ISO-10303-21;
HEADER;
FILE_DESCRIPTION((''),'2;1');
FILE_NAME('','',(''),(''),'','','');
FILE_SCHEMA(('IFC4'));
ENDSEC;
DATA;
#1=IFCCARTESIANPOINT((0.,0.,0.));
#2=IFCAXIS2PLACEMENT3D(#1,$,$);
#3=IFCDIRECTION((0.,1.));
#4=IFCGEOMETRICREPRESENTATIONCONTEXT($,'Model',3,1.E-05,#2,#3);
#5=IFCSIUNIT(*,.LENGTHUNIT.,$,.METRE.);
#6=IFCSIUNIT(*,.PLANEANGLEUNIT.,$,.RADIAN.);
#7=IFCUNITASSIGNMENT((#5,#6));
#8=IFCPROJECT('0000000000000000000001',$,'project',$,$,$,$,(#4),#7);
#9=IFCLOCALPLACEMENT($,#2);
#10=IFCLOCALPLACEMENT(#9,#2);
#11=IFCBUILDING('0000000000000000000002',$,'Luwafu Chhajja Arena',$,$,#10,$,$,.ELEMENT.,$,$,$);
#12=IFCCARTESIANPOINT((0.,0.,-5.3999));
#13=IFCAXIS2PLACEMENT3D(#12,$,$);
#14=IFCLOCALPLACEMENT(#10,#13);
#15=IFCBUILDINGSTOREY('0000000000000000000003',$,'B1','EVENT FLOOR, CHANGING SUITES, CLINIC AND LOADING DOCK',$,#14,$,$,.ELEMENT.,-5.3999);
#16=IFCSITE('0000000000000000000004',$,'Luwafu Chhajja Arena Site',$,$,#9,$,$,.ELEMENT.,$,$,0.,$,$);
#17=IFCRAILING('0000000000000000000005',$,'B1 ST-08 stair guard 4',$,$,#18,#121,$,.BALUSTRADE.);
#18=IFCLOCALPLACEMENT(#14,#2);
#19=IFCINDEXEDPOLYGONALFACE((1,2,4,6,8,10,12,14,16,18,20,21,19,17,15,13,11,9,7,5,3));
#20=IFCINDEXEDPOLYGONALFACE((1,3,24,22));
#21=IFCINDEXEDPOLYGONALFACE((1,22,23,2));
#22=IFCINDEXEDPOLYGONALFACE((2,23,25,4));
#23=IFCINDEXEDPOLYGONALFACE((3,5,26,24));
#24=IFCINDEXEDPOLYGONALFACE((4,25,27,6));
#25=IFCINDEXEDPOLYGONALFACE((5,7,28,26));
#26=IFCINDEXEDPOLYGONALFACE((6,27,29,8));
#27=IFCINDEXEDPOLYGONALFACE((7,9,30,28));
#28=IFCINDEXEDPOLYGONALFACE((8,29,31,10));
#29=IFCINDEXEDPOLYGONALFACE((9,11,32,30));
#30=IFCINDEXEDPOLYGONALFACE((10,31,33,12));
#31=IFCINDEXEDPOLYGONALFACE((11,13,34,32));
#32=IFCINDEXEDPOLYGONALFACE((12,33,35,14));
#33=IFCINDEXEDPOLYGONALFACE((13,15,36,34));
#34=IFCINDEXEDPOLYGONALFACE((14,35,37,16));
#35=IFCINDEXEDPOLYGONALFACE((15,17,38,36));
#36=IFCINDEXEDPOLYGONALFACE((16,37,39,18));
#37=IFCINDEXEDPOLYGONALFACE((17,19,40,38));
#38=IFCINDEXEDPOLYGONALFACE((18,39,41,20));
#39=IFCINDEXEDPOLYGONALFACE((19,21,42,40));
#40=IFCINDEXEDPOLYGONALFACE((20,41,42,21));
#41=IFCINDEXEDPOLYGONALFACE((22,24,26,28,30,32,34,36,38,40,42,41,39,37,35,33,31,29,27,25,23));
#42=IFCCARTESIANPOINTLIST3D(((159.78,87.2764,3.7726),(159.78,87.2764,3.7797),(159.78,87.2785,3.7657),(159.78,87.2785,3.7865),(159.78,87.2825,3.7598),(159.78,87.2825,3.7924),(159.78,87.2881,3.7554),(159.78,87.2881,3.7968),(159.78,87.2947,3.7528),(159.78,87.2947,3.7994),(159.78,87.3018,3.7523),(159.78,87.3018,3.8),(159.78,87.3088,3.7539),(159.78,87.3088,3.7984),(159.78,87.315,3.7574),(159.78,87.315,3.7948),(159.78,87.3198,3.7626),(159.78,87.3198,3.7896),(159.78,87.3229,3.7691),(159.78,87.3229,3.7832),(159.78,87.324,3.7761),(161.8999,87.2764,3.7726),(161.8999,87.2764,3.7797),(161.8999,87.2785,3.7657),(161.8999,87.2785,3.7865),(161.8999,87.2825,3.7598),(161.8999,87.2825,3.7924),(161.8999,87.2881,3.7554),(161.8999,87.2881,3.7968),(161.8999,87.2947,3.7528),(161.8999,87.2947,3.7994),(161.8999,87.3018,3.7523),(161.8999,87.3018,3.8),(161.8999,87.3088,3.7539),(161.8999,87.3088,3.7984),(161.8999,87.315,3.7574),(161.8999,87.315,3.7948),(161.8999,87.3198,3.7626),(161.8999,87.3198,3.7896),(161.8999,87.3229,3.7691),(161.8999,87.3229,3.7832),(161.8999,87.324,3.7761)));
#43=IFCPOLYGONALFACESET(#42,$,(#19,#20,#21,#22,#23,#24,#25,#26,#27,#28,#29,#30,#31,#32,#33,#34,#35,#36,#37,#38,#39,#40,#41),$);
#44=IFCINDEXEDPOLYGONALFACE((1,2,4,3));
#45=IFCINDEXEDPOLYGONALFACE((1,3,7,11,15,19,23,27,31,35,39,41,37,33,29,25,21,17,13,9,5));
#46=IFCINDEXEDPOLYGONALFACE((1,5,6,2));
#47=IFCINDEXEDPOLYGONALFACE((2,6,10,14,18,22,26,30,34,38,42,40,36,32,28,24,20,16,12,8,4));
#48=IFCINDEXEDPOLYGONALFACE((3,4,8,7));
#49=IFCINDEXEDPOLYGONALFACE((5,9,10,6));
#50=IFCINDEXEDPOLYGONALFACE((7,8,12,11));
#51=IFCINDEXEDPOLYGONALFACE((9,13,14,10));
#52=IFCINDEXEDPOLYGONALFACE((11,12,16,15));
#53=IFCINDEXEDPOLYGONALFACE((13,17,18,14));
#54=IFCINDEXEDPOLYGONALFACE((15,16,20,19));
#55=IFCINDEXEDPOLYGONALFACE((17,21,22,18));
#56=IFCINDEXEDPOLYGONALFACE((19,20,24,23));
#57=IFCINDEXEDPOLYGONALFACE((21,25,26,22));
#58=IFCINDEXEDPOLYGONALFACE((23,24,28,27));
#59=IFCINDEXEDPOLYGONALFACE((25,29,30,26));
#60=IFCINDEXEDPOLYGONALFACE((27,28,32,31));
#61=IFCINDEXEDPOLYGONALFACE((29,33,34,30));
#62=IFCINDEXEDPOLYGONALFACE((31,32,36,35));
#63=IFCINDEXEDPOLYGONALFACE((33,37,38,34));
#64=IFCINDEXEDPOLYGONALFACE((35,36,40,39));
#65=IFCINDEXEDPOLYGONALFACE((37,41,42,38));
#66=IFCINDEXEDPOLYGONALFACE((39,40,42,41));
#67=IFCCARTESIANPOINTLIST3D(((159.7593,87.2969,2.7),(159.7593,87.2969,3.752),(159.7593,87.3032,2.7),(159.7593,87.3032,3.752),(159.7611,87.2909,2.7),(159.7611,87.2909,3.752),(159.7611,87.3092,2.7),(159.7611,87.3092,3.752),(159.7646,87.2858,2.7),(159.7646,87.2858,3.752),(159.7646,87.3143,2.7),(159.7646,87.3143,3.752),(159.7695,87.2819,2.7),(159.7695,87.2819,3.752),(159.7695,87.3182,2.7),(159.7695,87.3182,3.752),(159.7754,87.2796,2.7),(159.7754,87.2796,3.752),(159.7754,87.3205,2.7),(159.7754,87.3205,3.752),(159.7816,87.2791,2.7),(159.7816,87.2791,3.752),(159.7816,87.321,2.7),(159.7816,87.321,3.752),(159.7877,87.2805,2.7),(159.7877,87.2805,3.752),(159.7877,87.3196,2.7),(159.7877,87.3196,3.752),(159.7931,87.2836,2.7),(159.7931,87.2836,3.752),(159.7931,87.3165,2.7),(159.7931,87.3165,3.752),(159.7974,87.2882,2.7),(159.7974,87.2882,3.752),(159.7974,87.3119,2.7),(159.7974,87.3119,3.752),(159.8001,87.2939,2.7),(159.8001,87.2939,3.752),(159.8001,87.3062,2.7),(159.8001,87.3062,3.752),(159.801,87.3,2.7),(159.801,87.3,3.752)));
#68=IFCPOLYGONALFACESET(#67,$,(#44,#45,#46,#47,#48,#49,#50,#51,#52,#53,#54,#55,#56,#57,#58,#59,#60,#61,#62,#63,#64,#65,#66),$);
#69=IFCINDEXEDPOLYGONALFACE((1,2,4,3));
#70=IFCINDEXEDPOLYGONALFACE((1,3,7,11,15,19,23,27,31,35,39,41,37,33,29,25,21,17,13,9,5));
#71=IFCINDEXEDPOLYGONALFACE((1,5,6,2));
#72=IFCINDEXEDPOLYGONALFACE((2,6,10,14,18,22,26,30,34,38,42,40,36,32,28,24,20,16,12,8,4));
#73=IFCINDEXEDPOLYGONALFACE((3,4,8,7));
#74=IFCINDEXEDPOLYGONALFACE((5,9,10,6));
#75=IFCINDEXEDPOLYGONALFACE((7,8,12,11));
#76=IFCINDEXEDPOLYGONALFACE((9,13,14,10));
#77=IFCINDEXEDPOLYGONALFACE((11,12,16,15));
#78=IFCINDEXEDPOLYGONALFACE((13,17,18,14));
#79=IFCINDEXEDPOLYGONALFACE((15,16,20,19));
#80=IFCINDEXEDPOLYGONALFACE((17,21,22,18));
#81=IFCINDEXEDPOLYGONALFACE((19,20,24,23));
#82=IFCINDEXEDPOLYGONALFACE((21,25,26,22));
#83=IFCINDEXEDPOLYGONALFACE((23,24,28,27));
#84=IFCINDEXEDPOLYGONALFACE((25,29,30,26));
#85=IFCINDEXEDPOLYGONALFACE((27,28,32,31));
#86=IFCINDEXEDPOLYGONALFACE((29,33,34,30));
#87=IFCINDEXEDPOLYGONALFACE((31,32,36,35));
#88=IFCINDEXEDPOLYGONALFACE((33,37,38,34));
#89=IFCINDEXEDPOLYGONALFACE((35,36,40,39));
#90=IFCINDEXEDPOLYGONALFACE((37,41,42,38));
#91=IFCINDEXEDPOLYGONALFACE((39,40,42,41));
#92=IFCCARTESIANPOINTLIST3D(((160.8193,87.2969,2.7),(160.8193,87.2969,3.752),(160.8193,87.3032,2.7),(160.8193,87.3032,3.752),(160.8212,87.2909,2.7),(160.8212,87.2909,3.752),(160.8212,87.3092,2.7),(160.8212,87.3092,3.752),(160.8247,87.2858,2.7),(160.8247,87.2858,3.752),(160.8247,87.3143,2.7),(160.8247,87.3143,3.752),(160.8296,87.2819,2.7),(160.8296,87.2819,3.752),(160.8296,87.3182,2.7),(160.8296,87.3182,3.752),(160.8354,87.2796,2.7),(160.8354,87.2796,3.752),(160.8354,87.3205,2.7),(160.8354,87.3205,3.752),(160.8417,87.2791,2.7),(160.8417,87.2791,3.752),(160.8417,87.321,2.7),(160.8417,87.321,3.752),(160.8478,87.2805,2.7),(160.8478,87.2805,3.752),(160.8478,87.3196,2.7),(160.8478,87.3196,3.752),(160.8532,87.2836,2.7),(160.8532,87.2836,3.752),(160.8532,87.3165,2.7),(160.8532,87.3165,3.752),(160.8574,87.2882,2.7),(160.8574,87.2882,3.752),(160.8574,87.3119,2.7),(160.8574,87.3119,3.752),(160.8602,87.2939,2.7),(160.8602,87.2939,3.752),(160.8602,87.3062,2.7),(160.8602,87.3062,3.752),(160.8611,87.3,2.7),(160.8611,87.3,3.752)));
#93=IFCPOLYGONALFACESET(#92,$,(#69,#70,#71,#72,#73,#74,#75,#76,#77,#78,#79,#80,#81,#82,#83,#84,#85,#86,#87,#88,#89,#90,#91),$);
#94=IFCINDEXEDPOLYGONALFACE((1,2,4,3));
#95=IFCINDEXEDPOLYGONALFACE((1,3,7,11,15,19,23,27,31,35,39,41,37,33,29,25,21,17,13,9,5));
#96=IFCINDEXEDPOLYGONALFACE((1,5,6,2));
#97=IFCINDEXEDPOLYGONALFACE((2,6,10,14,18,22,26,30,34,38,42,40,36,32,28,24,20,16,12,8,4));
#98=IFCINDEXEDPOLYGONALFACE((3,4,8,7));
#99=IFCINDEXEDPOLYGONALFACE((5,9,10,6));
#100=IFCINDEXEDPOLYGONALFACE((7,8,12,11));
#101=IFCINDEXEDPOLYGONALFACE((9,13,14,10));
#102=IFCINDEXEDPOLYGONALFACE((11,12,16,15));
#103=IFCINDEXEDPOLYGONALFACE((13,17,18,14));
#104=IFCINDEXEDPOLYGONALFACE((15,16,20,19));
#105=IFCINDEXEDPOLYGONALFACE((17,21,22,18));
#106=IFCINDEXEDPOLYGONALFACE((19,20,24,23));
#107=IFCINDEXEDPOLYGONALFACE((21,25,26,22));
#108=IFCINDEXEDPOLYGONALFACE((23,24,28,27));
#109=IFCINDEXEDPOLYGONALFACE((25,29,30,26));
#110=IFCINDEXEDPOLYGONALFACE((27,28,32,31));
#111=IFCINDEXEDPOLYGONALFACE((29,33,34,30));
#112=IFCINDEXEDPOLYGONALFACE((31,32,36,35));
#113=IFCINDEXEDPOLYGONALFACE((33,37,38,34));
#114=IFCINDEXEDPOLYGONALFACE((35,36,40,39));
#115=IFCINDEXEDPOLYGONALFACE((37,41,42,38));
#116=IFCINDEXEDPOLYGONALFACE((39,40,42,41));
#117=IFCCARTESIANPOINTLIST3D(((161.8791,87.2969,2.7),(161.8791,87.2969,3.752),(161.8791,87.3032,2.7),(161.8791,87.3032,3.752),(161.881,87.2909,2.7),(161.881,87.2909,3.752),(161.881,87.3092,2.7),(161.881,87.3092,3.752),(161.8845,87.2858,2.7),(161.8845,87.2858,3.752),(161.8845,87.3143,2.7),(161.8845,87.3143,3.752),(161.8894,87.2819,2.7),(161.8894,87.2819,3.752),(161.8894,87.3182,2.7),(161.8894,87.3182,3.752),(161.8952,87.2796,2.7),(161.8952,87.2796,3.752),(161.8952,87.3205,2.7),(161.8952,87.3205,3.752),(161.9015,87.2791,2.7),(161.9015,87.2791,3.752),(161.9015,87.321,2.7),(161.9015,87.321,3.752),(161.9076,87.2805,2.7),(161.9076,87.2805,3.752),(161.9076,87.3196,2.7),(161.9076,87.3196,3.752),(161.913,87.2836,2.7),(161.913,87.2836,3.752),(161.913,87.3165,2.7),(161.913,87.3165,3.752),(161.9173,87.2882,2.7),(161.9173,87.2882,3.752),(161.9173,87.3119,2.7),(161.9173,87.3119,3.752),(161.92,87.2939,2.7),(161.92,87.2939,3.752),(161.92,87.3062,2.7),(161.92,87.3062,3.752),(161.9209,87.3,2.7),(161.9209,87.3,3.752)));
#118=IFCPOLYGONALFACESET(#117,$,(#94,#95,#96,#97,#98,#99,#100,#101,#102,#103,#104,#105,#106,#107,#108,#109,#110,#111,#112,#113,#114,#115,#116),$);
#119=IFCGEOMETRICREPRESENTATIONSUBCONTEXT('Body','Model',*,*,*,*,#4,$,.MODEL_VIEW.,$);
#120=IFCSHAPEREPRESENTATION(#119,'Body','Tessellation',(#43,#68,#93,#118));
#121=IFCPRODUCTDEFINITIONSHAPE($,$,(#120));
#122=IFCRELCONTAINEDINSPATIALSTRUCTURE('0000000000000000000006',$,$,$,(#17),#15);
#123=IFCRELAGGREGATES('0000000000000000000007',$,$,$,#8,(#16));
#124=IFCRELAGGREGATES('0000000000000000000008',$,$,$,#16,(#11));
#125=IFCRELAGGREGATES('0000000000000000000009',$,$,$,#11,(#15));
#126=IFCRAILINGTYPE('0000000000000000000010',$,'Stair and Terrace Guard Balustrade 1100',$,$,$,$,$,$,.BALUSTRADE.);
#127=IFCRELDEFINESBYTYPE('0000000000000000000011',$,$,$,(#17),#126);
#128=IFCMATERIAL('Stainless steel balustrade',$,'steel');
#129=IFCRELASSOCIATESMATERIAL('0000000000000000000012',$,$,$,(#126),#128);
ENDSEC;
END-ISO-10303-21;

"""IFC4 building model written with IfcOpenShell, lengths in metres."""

from ifc_helpers import new_model, si_unit, direction, frame, origin, origin_2d, place, context, subcontext, project, spatial, circle, extrude, material, type_object, element, save


model = new_model("IFC4")

# Units and contexts
model_context = context("Model", 3, precision=1e-05, world=origin(), true_north=direction((0.0, 1.0)))
body_context = subcontext(model_context, "Body", "Model", "MODEL_VIEW")
ifc_project = project(units=[si_unit("LENGTHUNIT", "METRE"), si_unit("PLANEANGLEUNIT", "RADIAN")], contexts=[model_context])

# Site, building, storey
site_placement = place(None, origin())
site = spatial("IfcSite", under=ifc_project, at=site_placement, Name="Luwafu Chhajja Arena Site", CompositionType="ELEMENT", RefElevation=0.0)
building_placement = place(site_placement, origin())
building = spatial("IfcBuilding", under=site, at=building_placement, Name="Luwafu Chhajja Arena", CompositionType="ELEMENT")
storey_placement = place(building_placement, frame((0.0, 0.0, -5.3999)))
storey = spatial("IfcBuildingStorey", under=building, at=storey_placement, Name="B1", Description="EVENT FLOOR, CHANGING SUITES, CLINIC AND LOADING DOCK", CompositionType="ELEMENT", Elevation=-5.3999)

# Railing
ifc_material_1 = material(Name="Stainless steel balustrade", Category="steel")
railing_type_1 = type_object("IfcRailingType", Name="Stair and Terrace Guard Balustrade 1100", PredefinedType="BALUSTRADE", material=ifc_material_1)
for number, where, name in (
    (1, (159.78, 87.3, 2.7), "B1 ST-08 stair guard 4"),
):
    element("IfcRailing", number, at=place(storey_placement, frame(where)), inside=storey, type_object=railing_type_1, Name=name, PredefinedType="BALUSTRADE", context=body_context, shape_type="SweptSolid", body=[
        extrude(circle(Radius=0.0239, at=origin_2d()), frame((0.0, 0.0, 1.0762), z_axis=(1.0, 0.0, 0.0), x_axis=(0.0, 1.0, 0.0)), (0.0, 0.0, 1.0), 2.1199),
        extrude(circle(Radius=0.021, at=origin_2d()), origin(), (0.0, 0.0, 1.0), 1.052),
        extrude(circle(Radius=0.021, at=origin_2d()), frame((1.0601, 0.0, 0.0)), (0.0, 0.0, 1.0), 1.052),
        extrude(circle(Radius=0.021, at=origin_2d()), frame((2.1199, 0.0, 0.0)), (0.0, 0.0, 1.0), 1.052),
    ])

save(model, "model.ifc")
